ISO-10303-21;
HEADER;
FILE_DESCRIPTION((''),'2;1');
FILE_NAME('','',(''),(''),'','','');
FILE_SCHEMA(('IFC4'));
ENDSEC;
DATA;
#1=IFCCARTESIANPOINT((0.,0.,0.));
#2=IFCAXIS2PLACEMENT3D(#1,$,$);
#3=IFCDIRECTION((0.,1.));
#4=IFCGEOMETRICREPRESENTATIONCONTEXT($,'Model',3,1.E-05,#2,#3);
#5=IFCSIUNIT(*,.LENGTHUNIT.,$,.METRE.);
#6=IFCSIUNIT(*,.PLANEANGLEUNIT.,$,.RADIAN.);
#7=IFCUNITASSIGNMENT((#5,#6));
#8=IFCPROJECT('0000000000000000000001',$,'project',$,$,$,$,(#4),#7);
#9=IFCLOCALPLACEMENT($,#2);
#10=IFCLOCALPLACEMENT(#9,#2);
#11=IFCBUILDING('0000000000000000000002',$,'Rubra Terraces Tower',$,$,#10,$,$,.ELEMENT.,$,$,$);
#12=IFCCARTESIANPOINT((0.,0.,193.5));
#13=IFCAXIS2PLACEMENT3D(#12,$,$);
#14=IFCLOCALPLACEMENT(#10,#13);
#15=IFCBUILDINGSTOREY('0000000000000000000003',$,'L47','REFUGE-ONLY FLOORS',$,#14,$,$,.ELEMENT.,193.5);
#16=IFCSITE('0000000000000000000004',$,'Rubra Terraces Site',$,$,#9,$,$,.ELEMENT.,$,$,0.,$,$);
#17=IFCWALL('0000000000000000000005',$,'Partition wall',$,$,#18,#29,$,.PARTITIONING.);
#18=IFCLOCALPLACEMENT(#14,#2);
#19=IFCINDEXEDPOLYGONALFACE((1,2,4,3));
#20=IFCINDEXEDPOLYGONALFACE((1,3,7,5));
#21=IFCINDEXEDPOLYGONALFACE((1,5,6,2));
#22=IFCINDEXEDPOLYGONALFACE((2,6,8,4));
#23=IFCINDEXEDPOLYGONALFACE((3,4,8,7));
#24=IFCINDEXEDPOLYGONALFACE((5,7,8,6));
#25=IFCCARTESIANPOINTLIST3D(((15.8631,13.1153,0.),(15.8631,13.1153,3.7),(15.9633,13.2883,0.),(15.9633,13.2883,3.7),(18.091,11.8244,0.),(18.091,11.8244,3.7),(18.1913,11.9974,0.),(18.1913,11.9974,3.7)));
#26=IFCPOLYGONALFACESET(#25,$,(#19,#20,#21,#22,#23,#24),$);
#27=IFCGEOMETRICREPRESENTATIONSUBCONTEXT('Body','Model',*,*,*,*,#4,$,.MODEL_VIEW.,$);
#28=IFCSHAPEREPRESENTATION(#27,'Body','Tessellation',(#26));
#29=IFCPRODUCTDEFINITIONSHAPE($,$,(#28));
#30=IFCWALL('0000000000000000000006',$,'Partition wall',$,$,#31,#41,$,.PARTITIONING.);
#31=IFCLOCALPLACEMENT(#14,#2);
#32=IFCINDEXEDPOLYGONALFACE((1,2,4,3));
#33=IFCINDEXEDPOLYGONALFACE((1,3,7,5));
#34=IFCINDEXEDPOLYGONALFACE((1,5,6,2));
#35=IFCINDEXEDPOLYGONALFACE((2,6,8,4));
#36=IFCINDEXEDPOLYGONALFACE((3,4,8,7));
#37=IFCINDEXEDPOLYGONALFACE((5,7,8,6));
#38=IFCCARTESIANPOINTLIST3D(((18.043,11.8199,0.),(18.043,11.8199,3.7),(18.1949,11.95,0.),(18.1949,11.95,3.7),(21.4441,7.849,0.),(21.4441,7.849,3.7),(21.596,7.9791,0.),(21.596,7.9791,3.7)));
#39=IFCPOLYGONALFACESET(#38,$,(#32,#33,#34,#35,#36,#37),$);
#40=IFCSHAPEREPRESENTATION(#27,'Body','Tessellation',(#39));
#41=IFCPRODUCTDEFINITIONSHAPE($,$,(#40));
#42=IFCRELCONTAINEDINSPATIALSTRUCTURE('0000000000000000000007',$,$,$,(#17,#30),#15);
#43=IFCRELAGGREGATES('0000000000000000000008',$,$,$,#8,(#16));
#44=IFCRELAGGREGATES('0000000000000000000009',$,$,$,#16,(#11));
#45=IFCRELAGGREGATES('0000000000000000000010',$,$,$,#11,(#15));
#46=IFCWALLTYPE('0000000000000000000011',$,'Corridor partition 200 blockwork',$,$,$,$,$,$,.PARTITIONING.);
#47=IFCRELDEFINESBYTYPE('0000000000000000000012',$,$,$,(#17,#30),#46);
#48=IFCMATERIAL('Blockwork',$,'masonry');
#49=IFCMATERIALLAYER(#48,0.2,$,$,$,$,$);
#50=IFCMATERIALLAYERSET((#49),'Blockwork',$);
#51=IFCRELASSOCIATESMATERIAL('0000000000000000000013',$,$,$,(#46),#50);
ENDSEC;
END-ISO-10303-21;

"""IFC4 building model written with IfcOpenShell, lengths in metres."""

from ifc_helpers import new_model, si_unit, direction, frame, frame_2d, origin, place, context, subcontext, project, spatial, rectangle, extrude, material, layer, layer_set, type_object, element, save


model = new_model("IFC4")

# Units and contexts
model_context = context("Model", 3, precision=1e-05, world=origin(), true_north=direction((0.0, 1.0)))
body_context = subcontext(model_context, "Body", "Model", "MODEL_VIEW")
ifc_project = project(units=[si_unit("LENGTHUNIT", "METRE"), si_unit("PLANEANGLEUNIT", "RADIAN")], contexts=[model_context])

# Site, building, storey
site_placement = place(None, origin())
site = spatial("IfcSite", under=ifc_project, at=site_placement, Name="Rubra Terraces Site", CompositionType="ELEMENT", RefElevation=0.0)
building_placement = place(site_placement, origin())
building = spatial("IfcBuilding", under=site, at=building_placement, Name="Rubra Terraces Tower", CompositionType="ELEMENT")
storey_placement = place(building_placement, frame((0.0, 0.0, 193.5)))
storey = spatial("IfcBuildingStorey", under=building, at=storey_placement, Name="L47", Description="REFUGE-ONLY FLOORS", CompositionType="ELEMENT", Elevation=193.5)

# Walls
ifc_material_1 = material(Name="Blockwork", Category="masonry")
ifc_layer_1 = layer(ifc_material_1, 0.2)
ifc_layer_set_1 = layer_set([ifc_layer_1], Name="Blockwork")
wall_type_1 = type_object("IfcWallType", Name="Corridor partition 200 blockwork", PredefinedType="PARTITIONING", material=ifc_layer_set_1)
wall_1_placement = place(storey_placement, frame((15.9131, 13.2019, 0.0), z_axis=(0.0, 0.0, 1.0), x_axis=(0.86524, -0.501358, 0.0)))
element("IfcWall", 1, at=wall_1_placement, inside=storey, type_object=wall_type_1, Name="Partition wall", PredefinedType="PARTITIONING", context=body_context, shape_type="SweptSolid", body=[
    extrude(rectangle(XDim=2.575, YDim=0.2, at=frame_2d((1.2876, 0.0))), origin(), (0.0, 0.0, 1.0), 3.7),
])
wall_2_placement = place(storey_placement, frame((18.1189, 11.885, 0.0), z_axis=(0.0, 0.0, 1.0), x_axis=(0.650511, -0.759497, 0.0)))
element("IfcWall", 2, at=wall_2_placement, inside=storey, type_object=wall_type_1, Name="Partition wall", PredefinedType="PARTITIONING", context=body_context, shape_type="SweptSolid", body=[
    extrude(rectangle(XDim=5.2283, YDim=0.2, at=frame_2d((2.6143, 0.0))), origin(), (0.0, 0.0, 1.0), 3.7),
])

save(model, "model.ifc")
